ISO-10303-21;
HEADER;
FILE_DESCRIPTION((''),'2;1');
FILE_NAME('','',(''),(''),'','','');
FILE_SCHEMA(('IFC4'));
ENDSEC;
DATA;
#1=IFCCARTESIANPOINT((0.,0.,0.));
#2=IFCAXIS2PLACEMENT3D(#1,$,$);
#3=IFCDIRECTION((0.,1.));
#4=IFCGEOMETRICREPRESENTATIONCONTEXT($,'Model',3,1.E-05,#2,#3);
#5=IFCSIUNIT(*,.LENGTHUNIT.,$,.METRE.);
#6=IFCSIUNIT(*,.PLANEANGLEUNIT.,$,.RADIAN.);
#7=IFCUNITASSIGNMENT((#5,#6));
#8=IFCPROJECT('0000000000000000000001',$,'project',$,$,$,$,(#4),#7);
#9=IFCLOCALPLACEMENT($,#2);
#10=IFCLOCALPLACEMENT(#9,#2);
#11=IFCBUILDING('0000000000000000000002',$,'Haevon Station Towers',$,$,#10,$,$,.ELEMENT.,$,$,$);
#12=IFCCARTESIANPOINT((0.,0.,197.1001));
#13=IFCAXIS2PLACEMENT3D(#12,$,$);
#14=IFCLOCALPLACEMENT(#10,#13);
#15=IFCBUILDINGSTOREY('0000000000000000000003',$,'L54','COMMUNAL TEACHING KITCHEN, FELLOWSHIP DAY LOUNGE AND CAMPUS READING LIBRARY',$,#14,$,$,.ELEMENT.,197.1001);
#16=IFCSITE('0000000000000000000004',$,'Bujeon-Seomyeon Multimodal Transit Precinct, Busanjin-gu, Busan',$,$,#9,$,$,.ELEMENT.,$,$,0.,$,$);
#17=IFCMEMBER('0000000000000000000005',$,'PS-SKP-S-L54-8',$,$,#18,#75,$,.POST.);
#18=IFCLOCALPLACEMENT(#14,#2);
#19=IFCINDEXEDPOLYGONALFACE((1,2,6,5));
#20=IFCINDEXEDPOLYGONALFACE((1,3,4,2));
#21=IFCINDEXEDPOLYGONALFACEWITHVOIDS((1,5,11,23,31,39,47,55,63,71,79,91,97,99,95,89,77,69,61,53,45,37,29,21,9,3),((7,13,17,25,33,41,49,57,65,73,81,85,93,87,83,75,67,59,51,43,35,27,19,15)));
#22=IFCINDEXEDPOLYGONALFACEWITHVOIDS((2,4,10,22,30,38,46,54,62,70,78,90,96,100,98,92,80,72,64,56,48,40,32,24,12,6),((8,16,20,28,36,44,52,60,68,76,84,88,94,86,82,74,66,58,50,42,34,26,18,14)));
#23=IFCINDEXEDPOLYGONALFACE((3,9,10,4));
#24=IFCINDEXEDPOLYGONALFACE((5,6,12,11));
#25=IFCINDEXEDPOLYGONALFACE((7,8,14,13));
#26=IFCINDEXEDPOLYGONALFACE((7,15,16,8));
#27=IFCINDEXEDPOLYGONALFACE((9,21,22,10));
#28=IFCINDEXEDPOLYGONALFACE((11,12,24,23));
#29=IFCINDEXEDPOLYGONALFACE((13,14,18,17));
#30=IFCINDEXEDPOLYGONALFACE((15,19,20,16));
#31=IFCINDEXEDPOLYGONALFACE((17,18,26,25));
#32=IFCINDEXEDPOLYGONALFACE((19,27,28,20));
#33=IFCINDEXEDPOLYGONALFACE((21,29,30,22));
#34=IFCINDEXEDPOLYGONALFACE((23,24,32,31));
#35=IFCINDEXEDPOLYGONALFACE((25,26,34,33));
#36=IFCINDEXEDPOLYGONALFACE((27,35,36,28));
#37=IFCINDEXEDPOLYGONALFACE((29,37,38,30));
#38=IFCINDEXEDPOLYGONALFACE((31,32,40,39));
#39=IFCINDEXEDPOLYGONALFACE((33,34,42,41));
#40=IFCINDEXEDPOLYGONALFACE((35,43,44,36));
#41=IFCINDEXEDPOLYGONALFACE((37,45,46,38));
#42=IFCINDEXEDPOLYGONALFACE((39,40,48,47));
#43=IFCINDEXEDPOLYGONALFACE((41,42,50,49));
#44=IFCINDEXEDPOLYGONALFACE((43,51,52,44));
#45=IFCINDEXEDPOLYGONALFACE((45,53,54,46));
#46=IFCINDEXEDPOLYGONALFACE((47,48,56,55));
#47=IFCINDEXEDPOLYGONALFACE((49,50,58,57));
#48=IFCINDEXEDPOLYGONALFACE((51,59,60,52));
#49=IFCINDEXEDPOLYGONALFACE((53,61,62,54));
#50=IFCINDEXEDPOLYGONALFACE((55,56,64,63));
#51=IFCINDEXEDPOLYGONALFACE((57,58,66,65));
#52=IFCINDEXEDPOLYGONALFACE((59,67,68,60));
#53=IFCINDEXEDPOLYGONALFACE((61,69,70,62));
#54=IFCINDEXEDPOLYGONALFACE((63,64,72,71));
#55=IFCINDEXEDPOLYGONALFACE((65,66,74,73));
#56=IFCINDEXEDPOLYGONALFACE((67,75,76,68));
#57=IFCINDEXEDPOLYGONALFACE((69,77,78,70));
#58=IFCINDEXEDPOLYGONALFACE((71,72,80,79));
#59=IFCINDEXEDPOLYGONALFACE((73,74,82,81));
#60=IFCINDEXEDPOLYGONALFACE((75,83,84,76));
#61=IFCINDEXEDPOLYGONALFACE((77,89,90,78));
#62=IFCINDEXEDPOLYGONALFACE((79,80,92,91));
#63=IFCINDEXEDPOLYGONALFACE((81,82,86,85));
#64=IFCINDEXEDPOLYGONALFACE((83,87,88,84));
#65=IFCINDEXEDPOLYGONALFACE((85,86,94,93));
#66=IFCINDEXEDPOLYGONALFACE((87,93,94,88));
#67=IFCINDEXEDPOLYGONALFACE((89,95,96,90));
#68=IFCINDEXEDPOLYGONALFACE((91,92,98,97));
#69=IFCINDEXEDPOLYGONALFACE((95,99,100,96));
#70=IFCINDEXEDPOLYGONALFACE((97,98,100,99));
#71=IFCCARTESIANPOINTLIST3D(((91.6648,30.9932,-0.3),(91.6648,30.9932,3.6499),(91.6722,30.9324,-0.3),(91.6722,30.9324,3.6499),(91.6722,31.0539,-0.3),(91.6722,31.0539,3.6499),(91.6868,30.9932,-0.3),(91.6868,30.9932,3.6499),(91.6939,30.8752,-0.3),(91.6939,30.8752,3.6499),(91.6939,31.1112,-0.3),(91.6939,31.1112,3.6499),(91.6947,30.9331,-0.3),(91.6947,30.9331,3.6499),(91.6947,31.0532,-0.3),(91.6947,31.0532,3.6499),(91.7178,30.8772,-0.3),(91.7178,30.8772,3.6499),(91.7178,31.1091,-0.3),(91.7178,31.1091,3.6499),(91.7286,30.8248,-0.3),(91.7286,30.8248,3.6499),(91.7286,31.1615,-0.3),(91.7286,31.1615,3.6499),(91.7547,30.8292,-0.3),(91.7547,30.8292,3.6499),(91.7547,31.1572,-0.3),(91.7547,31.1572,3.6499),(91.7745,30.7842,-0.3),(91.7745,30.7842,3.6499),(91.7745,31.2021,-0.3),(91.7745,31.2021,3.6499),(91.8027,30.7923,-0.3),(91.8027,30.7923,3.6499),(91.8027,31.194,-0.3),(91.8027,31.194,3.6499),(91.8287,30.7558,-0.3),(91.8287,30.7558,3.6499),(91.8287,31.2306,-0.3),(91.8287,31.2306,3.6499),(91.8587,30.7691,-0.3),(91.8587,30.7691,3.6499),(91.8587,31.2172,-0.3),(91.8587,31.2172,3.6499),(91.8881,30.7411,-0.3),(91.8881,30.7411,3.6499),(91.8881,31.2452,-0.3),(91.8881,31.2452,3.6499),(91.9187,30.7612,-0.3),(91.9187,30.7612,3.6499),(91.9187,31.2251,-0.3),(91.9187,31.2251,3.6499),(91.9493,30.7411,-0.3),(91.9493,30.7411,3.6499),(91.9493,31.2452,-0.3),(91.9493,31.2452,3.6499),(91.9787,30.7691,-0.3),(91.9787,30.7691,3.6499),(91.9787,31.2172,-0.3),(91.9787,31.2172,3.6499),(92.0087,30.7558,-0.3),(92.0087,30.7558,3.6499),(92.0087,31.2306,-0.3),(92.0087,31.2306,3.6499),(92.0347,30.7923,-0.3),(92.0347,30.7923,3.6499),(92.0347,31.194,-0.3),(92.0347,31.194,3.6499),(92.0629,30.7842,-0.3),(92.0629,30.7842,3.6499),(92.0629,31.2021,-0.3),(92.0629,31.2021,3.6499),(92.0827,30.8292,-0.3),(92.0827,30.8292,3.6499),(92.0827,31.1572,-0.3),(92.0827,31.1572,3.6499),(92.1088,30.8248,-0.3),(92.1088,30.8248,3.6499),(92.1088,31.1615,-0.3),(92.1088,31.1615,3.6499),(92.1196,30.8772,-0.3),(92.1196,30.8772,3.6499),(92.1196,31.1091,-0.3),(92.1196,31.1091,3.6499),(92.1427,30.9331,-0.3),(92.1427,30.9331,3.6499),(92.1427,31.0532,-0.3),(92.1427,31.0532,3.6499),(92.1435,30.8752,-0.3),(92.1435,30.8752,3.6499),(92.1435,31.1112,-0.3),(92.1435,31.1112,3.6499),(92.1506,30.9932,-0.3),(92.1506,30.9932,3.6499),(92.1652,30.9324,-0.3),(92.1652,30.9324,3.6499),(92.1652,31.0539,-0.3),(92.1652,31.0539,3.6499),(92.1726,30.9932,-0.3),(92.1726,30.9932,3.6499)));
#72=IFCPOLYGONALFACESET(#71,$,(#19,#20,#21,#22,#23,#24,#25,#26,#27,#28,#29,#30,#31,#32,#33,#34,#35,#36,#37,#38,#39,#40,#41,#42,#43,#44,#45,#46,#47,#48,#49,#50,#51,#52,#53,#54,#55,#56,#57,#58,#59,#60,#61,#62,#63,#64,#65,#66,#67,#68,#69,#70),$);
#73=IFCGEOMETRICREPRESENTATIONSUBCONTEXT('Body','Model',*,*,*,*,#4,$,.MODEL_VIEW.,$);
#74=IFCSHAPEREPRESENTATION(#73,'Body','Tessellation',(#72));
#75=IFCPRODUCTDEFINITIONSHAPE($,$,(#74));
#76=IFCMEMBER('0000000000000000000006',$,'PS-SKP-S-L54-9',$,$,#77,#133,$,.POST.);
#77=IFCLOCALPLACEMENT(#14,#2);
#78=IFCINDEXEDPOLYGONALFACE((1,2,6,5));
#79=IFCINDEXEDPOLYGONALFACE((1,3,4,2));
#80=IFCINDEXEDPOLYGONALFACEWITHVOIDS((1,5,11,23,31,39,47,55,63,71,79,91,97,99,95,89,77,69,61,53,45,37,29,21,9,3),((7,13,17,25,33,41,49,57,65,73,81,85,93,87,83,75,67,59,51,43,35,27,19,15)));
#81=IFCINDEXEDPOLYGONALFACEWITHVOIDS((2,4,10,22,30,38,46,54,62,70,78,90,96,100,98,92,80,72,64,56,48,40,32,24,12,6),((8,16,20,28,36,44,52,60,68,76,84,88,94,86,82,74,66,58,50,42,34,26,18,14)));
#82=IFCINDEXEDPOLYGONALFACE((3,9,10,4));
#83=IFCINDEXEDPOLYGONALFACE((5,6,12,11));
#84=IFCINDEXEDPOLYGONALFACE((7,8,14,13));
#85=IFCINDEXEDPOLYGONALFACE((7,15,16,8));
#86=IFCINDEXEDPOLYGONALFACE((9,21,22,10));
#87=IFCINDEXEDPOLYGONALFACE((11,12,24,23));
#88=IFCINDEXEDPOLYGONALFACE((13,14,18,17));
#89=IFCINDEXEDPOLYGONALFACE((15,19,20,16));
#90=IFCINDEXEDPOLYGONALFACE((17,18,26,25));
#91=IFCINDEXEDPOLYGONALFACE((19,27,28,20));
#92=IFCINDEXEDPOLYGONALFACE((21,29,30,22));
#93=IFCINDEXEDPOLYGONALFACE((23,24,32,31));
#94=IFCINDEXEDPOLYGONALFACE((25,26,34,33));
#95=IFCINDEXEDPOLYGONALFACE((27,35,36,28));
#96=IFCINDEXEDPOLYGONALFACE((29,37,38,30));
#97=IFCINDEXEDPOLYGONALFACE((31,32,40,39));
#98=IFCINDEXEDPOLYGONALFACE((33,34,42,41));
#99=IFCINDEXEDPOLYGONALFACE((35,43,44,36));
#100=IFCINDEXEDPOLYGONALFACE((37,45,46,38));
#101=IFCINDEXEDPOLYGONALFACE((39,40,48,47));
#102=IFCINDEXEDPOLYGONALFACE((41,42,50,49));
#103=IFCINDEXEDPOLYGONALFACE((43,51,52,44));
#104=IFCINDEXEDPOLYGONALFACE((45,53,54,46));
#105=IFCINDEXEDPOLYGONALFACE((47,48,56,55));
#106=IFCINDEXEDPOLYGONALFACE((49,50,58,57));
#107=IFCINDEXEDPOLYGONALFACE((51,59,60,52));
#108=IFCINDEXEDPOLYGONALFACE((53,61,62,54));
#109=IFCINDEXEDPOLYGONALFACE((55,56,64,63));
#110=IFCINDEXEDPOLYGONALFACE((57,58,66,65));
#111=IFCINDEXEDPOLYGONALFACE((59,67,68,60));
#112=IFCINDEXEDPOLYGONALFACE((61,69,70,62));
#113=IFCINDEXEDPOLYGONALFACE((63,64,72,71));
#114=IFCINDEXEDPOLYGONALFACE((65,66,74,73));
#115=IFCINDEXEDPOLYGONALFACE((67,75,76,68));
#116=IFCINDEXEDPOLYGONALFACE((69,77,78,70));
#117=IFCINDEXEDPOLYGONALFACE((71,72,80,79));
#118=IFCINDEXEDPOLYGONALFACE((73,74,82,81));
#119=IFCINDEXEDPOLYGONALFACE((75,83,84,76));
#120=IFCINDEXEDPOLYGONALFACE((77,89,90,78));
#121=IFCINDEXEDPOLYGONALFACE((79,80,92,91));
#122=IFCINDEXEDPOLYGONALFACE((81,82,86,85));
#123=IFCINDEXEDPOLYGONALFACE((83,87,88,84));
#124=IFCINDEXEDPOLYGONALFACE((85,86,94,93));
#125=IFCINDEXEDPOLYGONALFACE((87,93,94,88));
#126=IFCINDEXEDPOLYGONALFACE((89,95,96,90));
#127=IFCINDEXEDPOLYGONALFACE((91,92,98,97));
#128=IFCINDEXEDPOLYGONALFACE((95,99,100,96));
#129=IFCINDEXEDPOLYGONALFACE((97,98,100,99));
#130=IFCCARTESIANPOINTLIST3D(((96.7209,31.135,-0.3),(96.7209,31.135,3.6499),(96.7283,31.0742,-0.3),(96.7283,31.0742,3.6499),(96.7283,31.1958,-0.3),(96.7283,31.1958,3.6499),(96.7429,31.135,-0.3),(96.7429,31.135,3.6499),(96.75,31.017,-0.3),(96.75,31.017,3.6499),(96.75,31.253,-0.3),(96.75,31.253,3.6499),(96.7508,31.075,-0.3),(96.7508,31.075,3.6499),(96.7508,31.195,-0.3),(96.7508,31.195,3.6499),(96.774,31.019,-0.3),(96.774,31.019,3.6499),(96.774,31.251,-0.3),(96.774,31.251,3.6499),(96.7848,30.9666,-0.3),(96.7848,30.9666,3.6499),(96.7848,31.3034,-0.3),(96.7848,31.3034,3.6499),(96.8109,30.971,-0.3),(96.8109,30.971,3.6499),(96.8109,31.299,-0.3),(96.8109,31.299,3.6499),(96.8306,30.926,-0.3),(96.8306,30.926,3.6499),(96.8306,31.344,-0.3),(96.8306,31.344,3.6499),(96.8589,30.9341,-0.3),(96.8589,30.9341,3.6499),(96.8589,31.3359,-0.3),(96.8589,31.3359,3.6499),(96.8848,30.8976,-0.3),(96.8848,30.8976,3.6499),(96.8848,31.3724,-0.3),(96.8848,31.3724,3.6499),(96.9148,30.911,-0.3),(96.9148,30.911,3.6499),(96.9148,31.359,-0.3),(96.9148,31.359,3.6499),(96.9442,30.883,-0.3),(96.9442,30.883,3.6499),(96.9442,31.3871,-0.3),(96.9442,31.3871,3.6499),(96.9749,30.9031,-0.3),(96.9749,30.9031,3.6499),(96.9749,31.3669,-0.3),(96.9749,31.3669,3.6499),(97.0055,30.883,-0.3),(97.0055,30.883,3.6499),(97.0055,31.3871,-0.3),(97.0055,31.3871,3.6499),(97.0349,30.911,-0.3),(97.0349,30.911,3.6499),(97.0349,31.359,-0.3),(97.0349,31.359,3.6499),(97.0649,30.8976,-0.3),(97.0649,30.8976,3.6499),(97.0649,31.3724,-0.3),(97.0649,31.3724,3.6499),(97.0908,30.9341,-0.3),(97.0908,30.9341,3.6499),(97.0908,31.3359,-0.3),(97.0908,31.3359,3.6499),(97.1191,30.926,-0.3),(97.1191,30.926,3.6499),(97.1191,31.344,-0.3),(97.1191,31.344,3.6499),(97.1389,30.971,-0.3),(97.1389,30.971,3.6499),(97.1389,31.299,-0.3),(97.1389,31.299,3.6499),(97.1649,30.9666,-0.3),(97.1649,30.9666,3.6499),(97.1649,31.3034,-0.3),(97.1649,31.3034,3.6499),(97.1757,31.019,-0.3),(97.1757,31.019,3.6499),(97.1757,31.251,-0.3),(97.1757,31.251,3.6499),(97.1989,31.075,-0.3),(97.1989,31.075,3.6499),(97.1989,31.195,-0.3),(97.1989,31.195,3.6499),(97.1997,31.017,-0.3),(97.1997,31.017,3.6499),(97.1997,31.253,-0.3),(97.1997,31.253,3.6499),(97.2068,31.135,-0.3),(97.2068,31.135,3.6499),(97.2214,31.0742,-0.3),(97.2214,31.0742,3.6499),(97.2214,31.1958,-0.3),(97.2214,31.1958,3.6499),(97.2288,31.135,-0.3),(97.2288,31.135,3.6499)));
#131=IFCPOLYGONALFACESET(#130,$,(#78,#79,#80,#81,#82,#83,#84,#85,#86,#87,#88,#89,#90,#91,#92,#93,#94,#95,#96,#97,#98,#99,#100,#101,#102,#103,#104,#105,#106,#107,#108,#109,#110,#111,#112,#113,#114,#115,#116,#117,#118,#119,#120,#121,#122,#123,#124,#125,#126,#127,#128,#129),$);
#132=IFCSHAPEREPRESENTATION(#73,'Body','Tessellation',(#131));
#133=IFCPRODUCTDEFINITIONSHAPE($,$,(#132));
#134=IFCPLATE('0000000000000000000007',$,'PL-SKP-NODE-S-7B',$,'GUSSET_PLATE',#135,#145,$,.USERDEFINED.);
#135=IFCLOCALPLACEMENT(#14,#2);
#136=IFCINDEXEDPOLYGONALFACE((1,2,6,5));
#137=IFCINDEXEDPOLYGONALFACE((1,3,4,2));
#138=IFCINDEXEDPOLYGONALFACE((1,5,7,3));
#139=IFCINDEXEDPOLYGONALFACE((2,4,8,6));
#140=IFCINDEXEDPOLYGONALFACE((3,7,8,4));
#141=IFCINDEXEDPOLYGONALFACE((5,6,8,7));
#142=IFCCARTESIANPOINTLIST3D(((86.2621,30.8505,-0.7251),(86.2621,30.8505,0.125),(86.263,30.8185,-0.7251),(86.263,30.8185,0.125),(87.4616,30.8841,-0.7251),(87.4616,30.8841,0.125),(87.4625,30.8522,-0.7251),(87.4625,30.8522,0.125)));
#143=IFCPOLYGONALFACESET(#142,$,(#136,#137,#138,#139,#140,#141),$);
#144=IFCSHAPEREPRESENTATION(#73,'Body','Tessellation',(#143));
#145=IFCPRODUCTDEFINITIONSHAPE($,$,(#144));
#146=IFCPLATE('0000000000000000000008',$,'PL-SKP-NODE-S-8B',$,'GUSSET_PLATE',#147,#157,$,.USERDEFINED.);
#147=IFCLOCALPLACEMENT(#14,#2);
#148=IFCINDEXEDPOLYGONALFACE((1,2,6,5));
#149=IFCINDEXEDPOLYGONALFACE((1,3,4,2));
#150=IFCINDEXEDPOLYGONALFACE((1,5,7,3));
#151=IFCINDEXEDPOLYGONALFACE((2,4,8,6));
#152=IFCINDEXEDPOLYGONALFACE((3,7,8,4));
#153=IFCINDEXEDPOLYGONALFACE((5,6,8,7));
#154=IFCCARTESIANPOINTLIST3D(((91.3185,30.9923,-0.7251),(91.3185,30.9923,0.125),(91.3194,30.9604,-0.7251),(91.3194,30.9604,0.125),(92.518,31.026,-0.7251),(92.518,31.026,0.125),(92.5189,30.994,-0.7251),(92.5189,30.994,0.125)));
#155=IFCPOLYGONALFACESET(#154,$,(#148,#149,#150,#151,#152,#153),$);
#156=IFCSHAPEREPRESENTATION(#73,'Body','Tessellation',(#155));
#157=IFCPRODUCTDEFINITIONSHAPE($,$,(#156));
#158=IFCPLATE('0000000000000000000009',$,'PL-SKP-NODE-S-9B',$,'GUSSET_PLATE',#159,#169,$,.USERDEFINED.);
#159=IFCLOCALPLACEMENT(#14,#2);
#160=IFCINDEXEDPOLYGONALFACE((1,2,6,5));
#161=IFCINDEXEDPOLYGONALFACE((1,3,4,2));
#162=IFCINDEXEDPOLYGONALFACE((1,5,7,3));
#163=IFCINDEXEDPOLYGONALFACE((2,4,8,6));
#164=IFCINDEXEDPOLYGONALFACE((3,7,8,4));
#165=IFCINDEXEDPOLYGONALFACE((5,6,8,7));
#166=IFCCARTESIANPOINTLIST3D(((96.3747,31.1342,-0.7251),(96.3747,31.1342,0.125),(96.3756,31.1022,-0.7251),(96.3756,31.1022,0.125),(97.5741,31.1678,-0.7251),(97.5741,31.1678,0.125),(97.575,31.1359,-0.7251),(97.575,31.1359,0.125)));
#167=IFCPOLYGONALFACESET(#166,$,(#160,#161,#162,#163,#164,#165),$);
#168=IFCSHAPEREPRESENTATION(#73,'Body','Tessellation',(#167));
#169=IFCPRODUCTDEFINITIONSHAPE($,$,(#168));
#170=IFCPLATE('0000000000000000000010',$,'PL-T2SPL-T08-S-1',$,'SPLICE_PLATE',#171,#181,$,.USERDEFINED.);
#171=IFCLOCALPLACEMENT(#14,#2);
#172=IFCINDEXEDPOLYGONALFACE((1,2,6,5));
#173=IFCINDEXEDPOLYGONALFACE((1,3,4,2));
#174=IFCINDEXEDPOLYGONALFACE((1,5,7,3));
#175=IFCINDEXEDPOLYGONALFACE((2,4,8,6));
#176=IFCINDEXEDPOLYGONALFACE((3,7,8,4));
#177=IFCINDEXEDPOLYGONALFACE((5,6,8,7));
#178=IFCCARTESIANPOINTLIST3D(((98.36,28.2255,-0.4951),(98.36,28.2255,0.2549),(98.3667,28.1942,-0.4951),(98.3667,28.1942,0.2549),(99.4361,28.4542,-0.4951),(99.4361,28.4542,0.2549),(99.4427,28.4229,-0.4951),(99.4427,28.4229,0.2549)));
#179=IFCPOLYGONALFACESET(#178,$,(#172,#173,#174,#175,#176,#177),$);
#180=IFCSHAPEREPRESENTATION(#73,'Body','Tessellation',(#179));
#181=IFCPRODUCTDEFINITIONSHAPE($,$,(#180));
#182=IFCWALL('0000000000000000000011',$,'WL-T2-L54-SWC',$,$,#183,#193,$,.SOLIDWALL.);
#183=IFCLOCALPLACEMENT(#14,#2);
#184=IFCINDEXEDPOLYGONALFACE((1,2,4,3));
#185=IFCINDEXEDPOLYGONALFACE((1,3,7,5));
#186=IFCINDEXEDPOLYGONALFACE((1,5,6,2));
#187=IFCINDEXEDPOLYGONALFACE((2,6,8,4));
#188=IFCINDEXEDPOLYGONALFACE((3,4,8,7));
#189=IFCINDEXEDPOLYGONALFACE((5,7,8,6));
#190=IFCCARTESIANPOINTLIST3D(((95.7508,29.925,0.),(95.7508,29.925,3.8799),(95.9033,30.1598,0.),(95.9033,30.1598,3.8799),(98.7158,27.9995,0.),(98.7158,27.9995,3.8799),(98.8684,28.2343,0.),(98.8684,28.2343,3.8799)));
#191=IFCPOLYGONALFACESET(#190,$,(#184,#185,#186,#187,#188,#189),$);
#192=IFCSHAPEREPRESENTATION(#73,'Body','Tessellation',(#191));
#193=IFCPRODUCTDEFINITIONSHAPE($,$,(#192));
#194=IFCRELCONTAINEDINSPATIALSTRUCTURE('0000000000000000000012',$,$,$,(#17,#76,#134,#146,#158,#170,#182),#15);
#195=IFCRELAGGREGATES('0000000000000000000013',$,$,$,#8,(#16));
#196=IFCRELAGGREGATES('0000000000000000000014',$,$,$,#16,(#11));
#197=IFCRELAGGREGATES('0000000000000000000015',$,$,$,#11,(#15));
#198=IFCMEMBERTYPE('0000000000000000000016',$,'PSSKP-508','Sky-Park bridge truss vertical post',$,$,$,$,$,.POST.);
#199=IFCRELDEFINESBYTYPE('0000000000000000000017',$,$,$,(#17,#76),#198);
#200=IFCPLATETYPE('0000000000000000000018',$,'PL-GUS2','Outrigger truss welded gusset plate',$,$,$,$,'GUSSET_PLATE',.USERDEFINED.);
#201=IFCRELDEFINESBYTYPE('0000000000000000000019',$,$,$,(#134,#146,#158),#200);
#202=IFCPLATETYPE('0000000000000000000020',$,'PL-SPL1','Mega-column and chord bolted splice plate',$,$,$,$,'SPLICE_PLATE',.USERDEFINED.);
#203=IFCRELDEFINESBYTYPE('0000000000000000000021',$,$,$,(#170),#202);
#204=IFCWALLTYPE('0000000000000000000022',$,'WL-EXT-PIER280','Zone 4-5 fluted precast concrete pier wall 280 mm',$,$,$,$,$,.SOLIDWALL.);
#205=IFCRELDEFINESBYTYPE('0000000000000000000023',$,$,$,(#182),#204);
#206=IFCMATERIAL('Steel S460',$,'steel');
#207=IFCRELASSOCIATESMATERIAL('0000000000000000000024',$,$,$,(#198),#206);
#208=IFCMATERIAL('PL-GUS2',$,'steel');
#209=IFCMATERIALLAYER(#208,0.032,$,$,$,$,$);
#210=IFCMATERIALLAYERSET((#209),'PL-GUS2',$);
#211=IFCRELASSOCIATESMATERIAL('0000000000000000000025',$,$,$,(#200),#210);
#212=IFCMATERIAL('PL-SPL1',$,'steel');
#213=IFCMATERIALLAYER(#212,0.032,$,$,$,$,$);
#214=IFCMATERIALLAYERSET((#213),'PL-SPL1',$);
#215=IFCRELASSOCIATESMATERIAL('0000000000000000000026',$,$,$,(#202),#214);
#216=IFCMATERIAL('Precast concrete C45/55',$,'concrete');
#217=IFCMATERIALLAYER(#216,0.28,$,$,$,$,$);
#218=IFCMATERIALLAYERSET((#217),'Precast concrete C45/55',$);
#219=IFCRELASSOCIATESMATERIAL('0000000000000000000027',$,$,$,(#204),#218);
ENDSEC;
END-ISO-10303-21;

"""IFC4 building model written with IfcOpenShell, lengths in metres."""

from ifc_helpers import new_model, si_unit, direction, frame, frame_2d, origin, origin_2d, place, context, subcontext, project, spatial, rectangle, hollow_circle, extrude, material, layer, layer_set, material_profile, profile_set, type_object, element, save


model = new_model("IFC4")

# Units and contexts
model_context = context("Model", 3, precision=1e-05, world=origin(), true_north=direction((0.0, 1.0)))
body_context = subcontext(model_context, "Body", "Model", "MODEL_VIEW")
ifc_project = project(units=[si_unit("LENGTHUNIT", "METRE"), si_unit("PLANEANGLEUNIT", "RADIAN")], contexts=[model_context])

# Site, building, storey
site_placement = place(None, origin())
site = spatial("IfcSite", under=ifc_project, at=site_placement, Name="Bujeon-Seomyeon Multimodal Transit Precinct, Busanjin-gu, Busan", CompositionType="ELEMENT", RefElevation=0.0)
building_placement = place(site_placement, origin())
building = spatial("IfcBuilding", under=site, at=building_placement, Name="Haevon Station Towers", CompositionType="ELEMENT")
storey_placement = place(building_placement, frame((0.0, 0.0, 197.1001)))
storey = spatial("IfcBuildingStorey", under=building, at=storey_placement, Name="L54", Description="COMMUNAL TEACHING KITCHEN, FELLOWSHIP DAY LOUNGE AND CAMPUS READING LIBRARY", CompositionType="ELEMENT", Elevation=197.1001)

# Shared definitions
ifc_material_1 = material(Name="Steel S460", Category="steel")

# Members
ifc_material_profile_1 = material_profile(ifc_material_1, hollow_circle(Radius=0.2539, WallThickness=0.022, at=origin_2d()), Name="CHS-508x22")
ifc_profile_set_1 = profile_set([ifc_material_profile_1], Name="Steel S460")
member_type_1 = type_object("IfcMemberType", Name="PSSKP-508", Description="Sky-Park bridge truss vertical post", PredefinedType="POST", material=ifc_profile_set_1)
for number, where, z_axis, x_axis, name in (
    (1, (91.9187, 30.9932, -0.3), (0.0, 0.0, 1.0), (1.0, 0.0, 0.0), "PS-SKP-S-L54-8"),
    (2, (96.9749, 31.135, -0.3), (0.0, 0.0, 1.0), (1.0, 0.0, 0.0), "PS-SKP-S-L54-9"),
):
    element("IfcMember", number, at=place(storey_placement, frame(where, z_axis=z_axis, x_axis=x_axis)), inside=storey, type_object=member_type_1, Name=name, PredefinedType="POST", context=body_context, shape_type="SweptSolid", body=[
        extrude(hollow_circle(Radius=0.2539, WallThickness=0.022, at=origin_2d()), origin(), (0.0, 0.0, 1.0), 3.95),
    ])

# Plates
ifc_material_2 = material(Name="PL-GUS2", Category="steel")
ifc_layer_1 = layer(ifc_material_2, 0.032)
ifc_layer_set_1 = layer_set([ifc_layer_1], Name="PL-GUS2")
plate_type_1 = type_object("IfcPlateType", Name="PL-GUS2", Description="Outrigger truss welded gusset plate", ElementType="GUSSET_PLATE", PredefinedType="USERDEFINED", material=ifc_layer_set_1)
for number, where, z_axis, x_axis, name in (
    (3, (86.8623, 30.8513, -0.7251), (0.0, 0.0, 1.0), (0.999607, 0.028049, 0.0), "PL-SKP-NODE-S-7B"),
    (4, (91.9187, 30.9932, -0.7251), (0.0, 0.0, 1.0), (0.999607, 0.028049, 0.0), "PL-SKP-NODE-S-8B"),
    (5, (96.9749, 31.135, -0.7251), (0.0, 0.0, 1.0), (0.999607, 0.028049, 0.0), "PL-SKP-NODE-S-9B"),
):
    element("IfcPlate", number, at=place(storey_placement, frame(where, z_axis=z_axis, x_axis=x_axis)), inside=storey, type_object=plate_type_1, Name=name, ObjectType="GUSSET_PLATE", PredefinedType="USERDEFINED", context=body_context, shape_type="SweptSolid", body=[
        extrude(rectangle(XDim=1.2, YDim=0.032, at=origin_2d()), origin(), (0.0, 0.0, 1.0), 0.8501),
    ])
ifc_material_3 = material(Name="PL-SPL1", Category="steel")
ifc_layer_2 = layer(ifc_material_3, 0.032)
ifc_layer_set_2 = layer_set([ifc_layer_2], Name="PL-SPL1")
plate_type_2 = type_object("IfcPlateType", Name="PL-SPL1", Description="Mega-column and chord bolted splice plate", ElementType="SPLICE_PLATE", PredefinedType="USERDEFINED", material=ifc_layer_set_2)
plate_placement = place(storey_placement, frame((98.9014, 28.3242, -0.4951), z_axis=(0.0, 0.0, 1.0), x_axis=(0.978148, 0.207912, 0.0)))
element("IfcPlate", 6, at=plate_placement, inside=storey, type_object=plate_type_2, Name="PL-T2SPL-T08-S-1", ObjectType="SPLICE_PLATE", PredefinedType="USERDEFINED", context=body_context, shape_type="SweptSolid", body=[
    extrude(rectangle(XDim=1.1001, YDim=0.032, at=origin_2d()), origin(), (0.0, 0.0, 1.0), 0.75),
])

# Wall
ifc_material_4 = material(Name="Precast concrete C45/55", Category="concrete")
ifc_layer_3 = layer(ifc_material_4, 0.28)
ifc_layer_set_3 = layer_set([ifc_layer_3], Name="Precast concrete C45/55")
wall_type_1 = type_object("IfcWallType", Name="WL-EXT-PIER280", Description="Zone 4-5 fluted precast concrete pier wall 280 mm", PredefinedType="SOLIDWALL", material=ifc_layer_set_3)
wall_1_placement = place(storey_placement, frame((98.792, 28.1169, 0.0), z_axis=(0.0, 0.0, 1.0), x_axis=(-0.838672, 0.544636, 0.0)))
element("IfcWall", 7, at=wall_1_placement, inside=storey, type_object=wall_type_1, Name="WL-T2-L54-SWC", PredefinedType="SOLIDWALL", context=body_context, shape_type="SweptSolid", body=[
    extrude(rectangle(XDim=3.5354, YDim=0.28, at=frame_2d((1.7676, 0.0))), origin(), (0.0, 0.0, 1.0), 3.8799),
])

save(model, "model.ifc")
